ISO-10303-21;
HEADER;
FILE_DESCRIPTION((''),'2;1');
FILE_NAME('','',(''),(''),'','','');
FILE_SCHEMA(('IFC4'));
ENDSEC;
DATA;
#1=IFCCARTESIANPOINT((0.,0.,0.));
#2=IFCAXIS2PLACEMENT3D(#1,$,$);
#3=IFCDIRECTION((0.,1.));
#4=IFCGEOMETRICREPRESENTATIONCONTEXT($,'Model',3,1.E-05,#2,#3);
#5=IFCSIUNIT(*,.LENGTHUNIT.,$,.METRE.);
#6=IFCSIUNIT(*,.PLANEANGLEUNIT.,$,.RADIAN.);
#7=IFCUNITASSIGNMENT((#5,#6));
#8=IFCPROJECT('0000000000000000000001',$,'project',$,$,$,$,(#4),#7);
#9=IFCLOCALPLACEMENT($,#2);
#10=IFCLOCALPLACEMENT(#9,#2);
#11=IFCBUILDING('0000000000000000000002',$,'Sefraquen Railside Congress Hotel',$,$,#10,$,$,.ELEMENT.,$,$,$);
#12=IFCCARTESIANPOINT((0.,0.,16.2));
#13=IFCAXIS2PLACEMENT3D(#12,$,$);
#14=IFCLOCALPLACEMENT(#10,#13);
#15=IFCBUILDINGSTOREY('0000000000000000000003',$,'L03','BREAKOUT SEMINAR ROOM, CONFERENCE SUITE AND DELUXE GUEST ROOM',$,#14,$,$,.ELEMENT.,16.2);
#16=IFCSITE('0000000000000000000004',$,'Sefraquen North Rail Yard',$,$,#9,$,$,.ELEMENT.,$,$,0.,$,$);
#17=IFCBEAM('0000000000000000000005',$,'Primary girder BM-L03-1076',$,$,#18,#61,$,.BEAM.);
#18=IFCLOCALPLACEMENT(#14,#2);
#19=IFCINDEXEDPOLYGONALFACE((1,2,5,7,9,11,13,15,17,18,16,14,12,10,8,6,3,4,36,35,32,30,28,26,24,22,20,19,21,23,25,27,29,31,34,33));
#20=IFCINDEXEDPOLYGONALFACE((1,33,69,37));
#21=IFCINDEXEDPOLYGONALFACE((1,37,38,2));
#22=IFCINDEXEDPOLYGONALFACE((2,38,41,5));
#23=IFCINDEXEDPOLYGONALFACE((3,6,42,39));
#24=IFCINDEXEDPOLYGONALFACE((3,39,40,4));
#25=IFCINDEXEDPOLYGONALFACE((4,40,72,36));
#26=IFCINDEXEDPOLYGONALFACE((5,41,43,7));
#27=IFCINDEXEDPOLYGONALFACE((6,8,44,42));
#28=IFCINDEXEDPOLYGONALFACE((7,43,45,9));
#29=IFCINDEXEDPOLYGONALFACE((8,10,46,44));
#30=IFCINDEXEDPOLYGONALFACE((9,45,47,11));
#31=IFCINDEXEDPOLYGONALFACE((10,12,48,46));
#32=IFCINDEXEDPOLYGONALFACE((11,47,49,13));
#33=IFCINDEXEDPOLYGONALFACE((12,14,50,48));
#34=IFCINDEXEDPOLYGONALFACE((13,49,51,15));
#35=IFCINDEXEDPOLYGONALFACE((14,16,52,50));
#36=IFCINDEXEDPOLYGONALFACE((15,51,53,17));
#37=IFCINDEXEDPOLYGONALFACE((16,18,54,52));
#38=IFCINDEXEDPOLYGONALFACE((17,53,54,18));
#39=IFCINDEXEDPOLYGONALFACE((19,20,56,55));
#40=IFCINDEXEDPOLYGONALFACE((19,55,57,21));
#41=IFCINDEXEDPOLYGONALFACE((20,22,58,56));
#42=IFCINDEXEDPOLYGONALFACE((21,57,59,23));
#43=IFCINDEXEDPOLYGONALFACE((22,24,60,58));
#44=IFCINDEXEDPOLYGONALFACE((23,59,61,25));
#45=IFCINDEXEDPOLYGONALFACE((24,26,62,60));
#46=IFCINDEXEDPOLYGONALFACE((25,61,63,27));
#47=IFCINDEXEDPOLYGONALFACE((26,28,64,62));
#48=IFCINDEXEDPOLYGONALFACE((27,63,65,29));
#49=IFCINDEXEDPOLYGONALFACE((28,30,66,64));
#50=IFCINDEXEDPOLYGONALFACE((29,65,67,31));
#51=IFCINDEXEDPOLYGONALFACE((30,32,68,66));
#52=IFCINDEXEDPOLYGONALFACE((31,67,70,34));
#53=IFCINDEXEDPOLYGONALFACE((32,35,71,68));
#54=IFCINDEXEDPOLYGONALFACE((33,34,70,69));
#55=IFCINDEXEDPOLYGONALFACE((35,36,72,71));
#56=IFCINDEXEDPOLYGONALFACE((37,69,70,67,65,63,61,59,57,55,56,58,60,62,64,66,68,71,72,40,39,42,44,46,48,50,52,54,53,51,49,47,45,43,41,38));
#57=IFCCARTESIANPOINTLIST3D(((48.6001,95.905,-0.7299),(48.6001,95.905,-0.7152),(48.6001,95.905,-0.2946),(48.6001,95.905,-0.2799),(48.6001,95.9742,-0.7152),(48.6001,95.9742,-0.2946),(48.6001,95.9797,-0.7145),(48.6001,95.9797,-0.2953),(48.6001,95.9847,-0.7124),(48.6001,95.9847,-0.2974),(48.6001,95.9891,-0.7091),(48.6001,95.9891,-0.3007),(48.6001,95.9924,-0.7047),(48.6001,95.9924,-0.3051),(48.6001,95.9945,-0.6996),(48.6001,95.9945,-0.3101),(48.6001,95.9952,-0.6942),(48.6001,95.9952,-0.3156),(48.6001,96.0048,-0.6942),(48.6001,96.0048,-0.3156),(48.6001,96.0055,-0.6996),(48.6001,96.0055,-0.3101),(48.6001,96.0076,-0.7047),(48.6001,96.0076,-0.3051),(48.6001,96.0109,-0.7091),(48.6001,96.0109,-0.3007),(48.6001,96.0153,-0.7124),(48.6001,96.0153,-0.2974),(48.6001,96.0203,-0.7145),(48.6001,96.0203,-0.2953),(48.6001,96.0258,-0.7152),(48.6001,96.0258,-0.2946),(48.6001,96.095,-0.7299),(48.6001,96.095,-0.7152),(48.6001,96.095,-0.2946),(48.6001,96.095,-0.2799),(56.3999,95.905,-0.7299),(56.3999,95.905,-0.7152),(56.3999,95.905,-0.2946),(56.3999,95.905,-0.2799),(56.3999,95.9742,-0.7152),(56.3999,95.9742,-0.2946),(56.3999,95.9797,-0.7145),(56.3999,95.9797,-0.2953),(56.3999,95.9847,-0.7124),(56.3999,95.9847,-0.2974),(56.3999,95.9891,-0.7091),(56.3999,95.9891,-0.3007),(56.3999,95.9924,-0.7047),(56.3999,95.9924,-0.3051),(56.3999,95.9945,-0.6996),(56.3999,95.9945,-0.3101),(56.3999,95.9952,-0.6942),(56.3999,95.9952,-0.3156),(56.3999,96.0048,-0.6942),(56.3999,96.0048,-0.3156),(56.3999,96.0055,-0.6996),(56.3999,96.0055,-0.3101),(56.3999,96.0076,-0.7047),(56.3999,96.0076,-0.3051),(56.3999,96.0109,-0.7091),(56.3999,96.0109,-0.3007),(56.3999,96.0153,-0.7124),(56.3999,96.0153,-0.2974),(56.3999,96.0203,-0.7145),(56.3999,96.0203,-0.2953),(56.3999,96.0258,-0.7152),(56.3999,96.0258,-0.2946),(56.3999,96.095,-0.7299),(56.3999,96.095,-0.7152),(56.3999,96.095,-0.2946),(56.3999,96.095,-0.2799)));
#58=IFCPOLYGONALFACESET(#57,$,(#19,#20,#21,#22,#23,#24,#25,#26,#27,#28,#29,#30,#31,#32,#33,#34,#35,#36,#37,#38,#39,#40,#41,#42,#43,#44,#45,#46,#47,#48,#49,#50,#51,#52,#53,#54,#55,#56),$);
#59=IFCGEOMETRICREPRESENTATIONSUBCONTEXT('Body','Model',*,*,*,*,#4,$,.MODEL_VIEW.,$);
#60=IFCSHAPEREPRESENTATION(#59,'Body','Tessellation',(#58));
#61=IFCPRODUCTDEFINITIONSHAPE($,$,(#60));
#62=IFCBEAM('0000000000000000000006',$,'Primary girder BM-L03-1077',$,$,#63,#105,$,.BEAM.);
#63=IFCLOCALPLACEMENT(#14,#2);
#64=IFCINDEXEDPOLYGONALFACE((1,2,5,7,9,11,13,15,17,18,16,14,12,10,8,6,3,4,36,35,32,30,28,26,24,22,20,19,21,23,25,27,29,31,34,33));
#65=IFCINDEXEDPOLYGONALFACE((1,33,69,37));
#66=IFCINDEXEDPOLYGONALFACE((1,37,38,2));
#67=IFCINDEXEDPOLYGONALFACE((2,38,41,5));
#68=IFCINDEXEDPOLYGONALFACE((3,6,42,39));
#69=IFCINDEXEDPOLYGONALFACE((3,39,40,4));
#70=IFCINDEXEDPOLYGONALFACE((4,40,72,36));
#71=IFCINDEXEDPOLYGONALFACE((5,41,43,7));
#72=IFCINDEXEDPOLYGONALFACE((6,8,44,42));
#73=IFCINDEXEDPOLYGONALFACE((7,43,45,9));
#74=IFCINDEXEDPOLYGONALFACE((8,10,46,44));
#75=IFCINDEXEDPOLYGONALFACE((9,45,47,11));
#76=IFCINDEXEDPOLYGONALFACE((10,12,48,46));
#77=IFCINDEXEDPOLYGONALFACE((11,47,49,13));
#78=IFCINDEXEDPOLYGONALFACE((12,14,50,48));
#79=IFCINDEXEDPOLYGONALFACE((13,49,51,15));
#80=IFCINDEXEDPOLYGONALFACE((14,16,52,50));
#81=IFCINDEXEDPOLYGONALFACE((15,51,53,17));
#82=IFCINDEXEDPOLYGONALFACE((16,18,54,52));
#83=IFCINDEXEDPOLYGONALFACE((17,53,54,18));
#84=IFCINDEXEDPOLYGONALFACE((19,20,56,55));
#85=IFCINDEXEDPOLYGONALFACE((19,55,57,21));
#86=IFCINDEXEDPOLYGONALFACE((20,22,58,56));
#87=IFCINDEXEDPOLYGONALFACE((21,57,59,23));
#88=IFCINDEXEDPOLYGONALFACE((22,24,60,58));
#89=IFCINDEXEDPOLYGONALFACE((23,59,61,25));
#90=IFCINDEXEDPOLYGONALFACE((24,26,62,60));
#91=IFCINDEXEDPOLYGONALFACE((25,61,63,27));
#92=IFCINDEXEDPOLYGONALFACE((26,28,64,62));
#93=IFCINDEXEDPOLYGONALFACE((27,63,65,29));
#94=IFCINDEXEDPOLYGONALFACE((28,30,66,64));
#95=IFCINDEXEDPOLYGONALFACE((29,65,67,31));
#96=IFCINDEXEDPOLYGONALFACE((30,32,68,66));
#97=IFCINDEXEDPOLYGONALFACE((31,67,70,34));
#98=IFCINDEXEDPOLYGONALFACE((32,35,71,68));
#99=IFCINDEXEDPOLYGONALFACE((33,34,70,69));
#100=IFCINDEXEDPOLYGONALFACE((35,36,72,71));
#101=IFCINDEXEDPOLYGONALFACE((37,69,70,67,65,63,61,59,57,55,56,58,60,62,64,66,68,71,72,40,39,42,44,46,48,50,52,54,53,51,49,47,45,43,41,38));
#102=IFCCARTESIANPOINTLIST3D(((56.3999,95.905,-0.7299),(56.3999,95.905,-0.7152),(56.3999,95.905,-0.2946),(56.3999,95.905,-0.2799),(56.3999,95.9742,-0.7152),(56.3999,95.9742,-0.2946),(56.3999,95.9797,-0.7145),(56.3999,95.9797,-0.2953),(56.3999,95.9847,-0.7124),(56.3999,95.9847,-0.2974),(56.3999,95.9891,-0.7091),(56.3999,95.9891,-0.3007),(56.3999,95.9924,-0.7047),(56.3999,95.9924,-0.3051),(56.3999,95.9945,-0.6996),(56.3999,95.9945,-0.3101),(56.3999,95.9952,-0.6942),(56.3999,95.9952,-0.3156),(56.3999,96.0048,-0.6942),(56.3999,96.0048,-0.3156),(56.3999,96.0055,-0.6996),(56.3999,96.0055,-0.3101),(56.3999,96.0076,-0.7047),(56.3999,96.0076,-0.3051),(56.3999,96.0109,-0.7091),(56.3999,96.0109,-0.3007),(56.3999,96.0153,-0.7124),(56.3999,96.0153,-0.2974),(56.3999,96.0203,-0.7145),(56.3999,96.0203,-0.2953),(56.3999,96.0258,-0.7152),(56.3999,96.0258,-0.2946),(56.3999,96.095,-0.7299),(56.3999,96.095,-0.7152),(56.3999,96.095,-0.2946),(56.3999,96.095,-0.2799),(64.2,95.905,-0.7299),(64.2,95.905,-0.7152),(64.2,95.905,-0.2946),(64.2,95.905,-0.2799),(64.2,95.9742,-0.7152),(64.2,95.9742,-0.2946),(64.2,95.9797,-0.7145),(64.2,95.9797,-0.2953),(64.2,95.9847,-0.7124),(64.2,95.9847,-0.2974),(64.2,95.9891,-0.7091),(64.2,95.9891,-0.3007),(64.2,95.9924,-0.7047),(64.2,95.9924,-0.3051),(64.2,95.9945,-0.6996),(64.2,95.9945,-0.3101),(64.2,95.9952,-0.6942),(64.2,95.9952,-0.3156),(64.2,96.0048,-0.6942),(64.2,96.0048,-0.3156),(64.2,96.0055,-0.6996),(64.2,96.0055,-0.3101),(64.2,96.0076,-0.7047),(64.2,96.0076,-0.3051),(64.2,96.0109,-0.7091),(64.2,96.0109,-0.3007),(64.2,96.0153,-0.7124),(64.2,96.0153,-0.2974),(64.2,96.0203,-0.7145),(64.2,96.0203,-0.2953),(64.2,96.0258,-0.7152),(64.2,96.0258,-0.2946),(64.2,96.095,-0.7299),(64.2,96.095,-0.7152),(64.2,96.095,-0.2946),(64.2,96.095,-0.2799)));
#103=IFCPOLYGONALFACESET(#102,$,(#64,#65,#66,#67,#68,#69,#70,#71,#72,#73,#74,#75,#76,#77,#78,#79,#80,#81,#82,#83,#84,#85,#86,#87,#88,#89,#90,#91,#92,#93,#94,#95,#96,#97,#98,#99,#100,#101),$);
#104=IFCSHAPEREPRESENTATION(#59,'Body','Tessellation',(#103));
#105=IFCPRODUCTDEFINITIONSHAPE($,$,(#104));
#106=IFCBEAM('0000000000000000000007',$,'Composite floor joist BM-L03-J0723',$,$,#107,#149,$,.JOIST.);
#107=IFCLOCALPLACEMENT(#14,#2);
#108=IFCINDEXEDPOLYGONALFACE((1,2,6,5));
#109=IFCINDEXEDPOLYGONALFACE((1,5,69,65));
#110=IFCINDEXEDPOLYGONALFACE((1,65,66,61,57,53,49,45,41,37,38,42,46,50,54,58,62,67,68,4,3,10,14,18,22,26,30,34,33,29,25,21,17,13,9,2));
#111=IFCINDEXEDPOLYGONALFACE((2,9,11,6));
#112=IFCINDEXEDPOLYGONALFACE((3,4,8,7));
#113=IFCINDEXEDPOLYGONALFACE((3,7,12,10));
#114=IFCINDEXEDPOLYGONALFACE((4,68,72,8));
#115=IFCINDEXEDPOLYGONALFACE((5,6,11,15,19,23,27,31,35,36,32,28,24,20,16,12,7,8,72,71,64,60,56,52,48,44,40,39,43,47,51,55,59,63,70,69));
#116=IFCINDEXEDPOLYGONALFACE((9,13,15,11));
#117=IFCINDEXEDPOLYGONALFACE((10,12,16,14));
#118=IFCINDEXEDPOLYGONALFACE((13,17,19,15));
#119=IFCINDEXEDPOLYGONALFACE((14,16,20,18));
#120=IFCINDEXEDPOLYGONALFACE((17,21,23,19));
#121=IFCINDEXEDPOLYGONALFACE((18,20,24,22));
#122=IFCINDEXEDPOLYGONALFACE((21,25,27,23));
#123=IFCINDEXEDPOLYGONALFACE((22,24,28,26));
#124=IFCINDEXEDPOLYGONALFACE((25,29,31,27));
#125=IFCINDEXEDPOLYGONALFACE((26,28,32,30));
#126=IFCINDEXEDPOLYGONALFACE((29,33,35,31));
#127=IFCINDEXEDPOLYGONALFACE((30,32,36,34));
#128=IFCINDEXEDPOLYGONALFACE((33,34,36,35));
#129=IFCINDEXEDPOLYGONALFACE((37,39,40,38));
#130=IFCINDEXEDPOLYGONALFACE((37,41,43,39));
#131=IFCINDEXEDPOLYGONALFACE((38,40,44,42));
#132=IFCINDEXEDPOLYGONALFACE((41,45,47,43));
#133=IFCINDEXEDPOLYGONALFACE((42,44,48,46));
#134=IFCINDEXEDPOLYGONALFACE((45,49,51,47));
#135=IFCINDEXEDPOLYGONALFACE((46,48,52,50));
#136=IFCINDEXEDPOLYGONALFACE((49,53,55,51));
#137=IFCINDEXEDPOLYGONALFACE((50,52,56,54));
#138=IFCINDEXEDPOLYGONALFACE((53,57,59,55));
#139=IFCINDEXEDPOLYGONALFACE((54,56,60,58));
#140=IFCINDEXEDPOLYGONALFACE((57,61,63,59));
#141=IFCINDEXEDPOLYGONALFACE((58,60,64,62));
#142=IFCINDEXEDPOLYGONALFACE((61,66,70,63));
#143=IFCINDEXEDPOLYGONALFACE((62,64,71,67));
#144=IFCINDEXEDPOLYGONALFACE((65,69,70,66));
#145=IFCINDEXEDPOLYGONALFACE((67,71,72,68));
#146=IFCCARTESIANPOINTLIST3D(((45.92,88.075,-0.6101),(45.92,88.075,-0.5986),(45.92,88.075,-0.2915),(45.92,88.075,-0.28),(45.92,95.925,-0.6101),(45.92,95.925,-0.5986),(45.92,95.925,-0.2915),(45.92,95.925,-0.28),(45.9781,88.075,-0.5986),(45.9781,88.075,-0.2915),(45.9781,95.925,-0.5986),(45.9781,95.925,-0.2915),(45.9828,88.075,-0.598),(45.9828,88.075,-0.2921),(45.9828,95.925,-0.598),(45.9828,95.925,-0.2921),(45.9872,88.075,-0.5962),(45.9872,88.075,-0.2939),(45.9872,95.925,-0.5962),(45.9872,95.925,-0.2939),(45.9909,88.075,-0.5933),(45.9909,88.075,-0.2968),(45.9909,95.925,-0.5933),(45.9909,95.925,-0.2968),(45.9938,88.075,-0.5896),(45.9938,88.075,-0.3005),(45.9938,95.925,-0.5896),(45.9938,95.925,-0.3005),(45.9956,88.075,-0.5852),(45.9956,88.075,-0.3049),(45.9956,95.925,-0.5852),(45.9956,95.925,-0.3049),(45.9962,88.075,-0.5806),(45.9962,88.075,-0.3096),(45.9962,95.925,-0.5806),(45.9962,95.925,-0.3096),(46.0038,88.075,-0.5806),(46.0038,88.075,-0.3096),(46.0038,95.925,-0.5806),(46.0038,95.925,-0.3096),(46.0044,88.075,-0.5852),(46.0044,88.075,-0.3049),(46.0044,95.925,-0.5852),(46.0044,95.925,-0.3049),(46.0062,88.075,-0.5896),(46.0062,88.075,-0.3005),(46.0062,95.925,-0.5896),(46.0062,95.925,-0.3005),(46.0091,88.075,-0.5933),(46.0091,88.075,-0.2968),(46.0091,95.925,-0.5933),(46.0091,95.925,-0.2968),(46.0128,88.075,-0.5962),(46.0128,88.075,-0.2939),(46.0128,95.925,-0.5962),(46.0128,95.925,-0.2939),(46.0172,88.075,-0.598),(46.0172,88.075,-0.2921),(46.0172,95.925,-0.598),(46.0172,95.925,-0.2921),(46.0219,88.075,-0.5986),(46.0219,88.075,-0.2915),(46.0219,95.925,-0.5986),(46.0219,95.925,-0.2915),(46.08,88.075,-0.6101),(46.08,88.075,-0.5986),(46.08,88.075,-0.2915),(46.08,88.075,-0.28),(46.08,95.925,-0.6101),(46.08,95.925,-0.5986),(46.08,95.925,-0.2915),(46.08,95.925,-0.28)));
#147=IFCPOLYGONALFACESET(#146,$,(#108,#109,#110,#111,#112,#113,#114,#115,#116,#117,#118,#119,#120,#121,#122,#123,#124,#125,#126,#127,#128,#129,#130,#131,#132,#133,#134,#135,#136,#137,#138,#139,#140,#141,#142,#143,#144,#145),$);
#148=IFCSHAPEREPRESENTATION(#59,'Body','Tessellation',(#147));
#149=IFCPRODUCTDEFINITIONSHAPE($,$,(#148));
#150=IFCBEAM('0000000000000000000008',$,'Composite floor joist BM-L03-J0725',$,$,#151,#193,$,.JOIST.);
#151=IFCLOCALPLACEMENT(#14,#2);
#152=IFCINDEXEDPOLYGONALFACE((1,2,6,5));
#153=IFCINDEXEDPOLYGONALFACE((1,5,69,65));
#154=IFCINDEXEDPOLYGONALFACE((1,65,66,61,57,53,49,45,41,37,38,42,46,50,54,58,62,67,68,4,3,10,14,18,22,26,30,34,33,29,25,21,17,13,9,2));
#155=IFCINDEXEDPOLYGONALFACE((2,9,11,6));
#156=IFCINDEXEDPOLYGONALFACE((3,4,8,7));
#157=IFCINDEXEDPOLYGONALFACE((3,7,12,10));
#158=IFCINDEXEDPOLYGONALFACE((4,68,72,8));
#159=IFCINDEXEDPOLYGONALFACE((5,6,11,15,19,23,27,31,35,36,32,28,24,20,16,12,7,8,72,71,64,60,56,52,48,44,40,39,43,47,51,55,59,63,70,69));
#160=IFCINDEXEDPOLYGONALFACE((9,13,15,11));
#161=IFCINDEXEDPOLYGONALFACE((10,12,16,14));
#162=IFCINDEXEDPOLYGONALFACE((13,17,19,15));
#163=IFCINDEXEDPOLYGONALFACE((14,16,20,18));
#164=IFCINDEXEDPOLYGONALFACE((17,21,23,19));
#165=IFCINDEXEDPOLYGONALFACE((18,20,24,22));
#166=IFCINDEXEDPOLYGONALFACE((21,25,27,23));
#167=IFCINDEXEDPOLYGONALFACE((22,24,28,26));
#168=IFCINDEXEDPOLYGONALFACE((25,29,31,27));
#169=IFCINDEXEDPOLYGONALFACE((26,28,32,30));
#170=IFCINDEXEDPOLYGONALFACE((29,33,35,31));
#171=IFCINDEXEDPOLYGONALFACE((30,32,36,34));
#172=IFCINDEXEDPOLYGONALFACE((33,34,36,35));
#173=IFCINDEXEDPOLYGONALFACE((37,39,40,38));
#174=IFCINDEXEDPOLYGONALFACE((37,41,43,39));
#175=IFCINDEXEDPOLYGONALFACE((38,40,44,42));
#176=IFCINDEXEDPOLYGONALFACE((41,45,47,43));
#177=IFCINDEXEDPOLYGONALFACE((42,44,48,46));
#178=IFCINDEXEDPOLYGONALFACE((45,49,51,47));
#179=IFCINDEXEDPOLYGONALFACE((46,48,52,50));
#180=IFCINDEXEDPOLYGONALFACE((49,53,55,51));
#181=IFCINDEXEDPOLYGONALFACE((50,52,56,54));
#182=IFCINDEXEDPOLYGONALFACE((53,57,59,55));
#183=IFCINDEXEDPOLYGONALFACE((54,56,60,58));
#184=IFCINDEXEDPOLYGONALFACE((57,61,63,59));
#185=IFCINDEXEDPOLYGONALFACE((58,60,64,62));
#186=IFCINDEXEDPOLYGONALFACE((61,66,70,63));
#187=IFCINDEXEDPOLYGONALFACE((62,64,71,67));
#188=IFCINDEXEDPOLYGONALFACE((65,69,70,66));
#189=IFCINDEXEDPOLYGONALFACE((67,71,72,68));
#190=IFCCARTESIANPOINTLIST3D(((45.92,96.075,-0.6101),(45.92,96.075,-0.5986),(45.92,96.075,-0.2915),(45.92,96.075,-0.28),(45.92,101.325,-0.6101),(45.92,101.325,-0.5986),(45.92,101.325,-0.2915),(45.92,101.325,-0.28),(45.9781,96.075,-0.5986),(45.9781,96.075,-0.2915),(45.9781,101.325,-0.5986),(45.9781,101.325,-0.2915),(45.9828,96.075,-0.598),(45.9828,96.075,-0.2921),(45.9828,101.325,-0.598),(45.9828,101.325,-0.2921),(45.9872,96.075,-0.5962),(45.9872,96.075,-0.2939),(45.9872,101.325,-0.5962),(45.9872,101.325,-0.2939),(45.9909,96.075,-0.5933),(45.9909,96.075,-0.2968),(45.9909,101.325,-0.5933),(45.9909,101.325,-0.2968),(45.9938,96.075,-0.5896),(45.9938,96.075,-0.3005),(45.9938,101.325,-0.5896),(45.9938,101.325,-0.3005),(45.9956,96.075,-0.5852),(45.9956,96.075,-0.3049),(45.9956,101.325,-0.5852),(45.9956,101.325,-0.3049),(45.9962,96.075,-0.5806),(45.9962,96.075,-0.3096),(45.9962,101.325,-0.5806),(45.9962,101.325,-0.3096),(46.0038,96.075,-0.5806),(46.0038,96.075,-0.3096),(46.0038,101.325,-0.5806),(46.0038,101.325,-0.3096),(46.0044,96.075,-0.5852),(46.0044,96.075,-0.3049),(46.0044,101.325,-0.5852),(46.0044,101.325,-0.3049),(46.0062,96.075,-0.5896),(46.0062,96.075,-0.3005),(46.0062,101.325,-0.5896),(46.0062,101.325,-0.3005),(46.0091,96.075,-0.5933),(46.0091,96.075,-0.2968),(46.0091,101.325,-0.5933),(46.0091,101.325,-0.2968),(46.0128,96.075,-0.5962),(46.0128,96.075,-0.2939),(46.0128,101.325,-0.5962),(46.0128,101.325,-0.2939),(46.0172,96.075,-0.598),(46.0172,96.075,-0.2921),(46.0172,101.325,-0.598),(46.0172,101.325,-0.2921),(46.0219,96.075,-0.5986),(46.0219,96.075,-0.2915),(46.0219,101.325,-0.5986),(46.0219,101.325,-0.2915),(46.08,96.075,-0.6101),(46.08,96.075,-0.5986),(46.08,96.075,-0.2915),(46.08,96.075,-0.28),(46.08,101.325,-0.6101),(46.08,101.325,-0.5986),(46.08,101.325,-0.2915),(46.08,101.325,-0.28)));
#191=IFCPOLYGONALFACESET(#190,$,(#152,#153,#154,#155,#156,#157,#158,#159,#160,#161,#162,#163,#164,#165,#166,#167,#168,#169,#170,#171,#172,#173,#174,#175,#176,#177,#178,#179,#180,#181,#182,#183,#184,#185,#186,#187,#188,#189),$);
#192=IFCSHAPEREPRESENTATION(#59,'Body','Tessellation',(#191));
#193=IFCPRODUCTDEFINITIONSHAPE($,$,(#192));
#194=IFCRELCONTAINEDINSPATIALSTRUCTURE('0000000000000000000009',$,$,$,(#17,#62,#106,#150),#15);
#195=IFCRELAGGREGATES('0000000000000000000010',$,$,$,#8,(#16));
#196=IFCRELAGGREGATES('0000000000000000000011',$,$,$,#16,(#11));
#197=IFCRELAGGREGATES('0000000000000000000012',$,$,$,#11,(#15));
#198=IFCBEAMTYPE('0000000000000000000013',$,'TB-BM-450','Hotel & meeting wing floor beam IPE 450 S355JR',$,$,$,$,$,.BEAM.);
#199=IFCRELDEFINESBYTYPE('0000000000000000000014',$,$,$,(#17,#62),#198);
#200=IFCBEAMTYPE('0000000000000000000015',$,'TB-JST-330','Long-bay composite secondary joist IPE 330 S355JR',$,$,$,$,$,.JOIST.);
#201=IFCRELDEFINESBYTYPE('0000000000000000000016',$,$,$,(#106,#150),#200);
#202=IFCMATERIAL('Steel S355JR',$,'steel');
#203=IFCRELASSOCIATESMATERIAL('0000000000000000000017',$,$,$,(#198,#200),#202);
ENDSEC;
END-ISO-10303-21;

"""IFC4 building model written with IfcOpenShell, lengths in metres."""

from ifc_helpers import new_model, si_unit, direction, frame, origin, origin_2d, place, context, subcontext, project, spatial, i_section, extrude, material, material_profile, profile_set, type_object, element, save


model = new_model("IFC4")

# Units and contexts
model_context = context("Model", 3, precision=1e-05, world=origin(), true_north=direction((0.0, 1.0)))
body_context = subcontext(model_context, "Body", "Model", "MODEL_VIEW")
ifc_project = project(units=[si_unit("LENGTHUNIT", "METRE"), si_unit("PLANEANGLEUNIT", "RADIAN")], contexts=[model_context])

# Site, building, storey
site_placement = place(None, origin())
site = spatial("IfcSite", under=ifc_project, at=site_placement, Name="Sefraquen North Rail Yard", CompositionType="ELEMENT", RefElevation=0.0)
building_placement = place(site_placement, origin())
building = spatial("IfcBuilding", under=site, at=building_placement, Name="Sefraquen Railside Congress Hotel", CompositionType="ELEMENT")
storey_placement = place(building_placement, frame((0.0, 0.0, 16.2)))
storey = spatial("IfcBuildingStorey", under=building, at=storey_placement, Name="L03", Description="BREAKOUT SEMINAR ROOM, CONFERENCE SUITE AND DELUXE GUEST ROOM", CompositionType="ELEMENT", Elevation=16.2)

# Shared definitions
ifc_material_1 = material(Name="Steel S355JR", Category="steel")

# Beams
ifc_material_profile_1 = material_profile(ifc_material_1, i_section(OverallWidth=0.1899, OverallDepth=0.45, WebThickness=0.0095, FlangeThickness=0.0146, FilletRadius=0.021, at=origin_2d()), Name="IPE 450")
ifc_profile_set_1 = profile_set([ifc_material_profile_1], Name="Steel S355JR")
beam_type_1 = type_object("IfcBeamType", Name="TB-BM-450", Description="Hotel & meeting wing floor beam IPE 450 S355JR", PredefinedType="BEAM", material=ifc_profile_set_1)
beam_1_placement = place(storey_placement, frame((48.6001, 96.0, -0.5049), z_axis=(1.0, 0.0, 0.0), x_axis=(0.0, 1.0, 0.0)))
element("IfcBeam", 1, at=beam_1_placement, inside=storey, type_object=beam_type_1, Name="Primary girder BM-L03-1076", PredefinedType="BEAM", context=body_context, shape_type="SweptSolid", body=[
    extrude(i_section(OverallWidth=0.1899, OverallDepth=0.45, WebThickness=0.0095, FlangeThickness=0.0146, FilletRadius=0.021, at=origin_2d()), origin(), (0.0, 0.0, 1.0), 7.7998),
])
beam_2_placement = place(storey_placement, frame((56.3999, 96.0, -0.5049), z_axis=(1.0, 0.0, 0.0), x_axis=(0.0, 1.0, 0.0)))
element("IfcBeam", 2, at=beam_2_placement, inside=storey, type_object=beam_type_1, Name="Primary girder BM-L03-1077", PredefinedType="BEAM", context=body_context, shape_type="SweptSolid", body=[
    extrude(i_section(OverallWidth=0.1899, OverallDepth=0.45, WebThickness=0.0095, FlangeThickness=0.0146, FilletRadius=0.021, at=origin_2d()), origin(), (0.0, 0.0, 1.0), 7.8),
])
ifc_material_profile_2 = material_profile(ifc_material_1, i_section(OverallWidth=0.1599, OverallDepth=0.3301, WebThickness=0.0076, FlangeThickness=0.0115, FilletRadius=0.0181, at=origin_2d()), Name="IPE 330")
ifc_profile_set_2 = profile_set([ifc_material_profile_2], Name="Steel S355JR")
beam_type_2 = type_object("IfcBeamType", Name="TB-JST-330", Description="Long-bay composite secondary joist IPE 330 S355JR", PredefinedType="JOIST", material=ifc_profile_set_2)
beam_3_placement = place(storey_placement, frame((46.0, 88.075, -0.4451), z_axis=(0.0, 1.0, 0.0), x_axis=(-1.0, 0.0, 0.0)))
element("IfcBeam", 3, at=beam_3_placement, inside=storey, type_object=beam_type_2, Name="Composite floor joist BM-L03-J0723", PredefinedType="JOIST", context=body_context, shape_type="SweptSolid", body=[
    extrude(i_section(OverallWidth=0.1599, OverallDepth=0.3301, WebThickness=0.0076, FlangeThickness=0.0115, FilletRadius=0.0181, at=origin_2d()), origin(), (0.0, 0.0, 1.0), 7.8501),
])
beam_4_placement = place(storey_placement, frame((46.0, 96.075, -0.4451), z_axis=(0.0, 1.0, 0.0), x_axis=(-1.0, 0.0, 0.0)))
element("IfcBeam", 4, at=beam_4_placement, inside=storey, type_object=beam_type_2, Name="Composite floor joist BM-L03-J0725", PredefinedType="JOIST", context=body_context, shape_type="SweptSolid", body=[
    extrude(i_section(OverallWidth=0.1599, OverallDepth=0.3301, WebThickness=0.0076, FlangeThickness=0.0115, FilletRadius=0.0181, at=origin_2d()), origin(), (0.0, 0.0, 1.0), 5.25),
])

save(model, "model.ifc")
